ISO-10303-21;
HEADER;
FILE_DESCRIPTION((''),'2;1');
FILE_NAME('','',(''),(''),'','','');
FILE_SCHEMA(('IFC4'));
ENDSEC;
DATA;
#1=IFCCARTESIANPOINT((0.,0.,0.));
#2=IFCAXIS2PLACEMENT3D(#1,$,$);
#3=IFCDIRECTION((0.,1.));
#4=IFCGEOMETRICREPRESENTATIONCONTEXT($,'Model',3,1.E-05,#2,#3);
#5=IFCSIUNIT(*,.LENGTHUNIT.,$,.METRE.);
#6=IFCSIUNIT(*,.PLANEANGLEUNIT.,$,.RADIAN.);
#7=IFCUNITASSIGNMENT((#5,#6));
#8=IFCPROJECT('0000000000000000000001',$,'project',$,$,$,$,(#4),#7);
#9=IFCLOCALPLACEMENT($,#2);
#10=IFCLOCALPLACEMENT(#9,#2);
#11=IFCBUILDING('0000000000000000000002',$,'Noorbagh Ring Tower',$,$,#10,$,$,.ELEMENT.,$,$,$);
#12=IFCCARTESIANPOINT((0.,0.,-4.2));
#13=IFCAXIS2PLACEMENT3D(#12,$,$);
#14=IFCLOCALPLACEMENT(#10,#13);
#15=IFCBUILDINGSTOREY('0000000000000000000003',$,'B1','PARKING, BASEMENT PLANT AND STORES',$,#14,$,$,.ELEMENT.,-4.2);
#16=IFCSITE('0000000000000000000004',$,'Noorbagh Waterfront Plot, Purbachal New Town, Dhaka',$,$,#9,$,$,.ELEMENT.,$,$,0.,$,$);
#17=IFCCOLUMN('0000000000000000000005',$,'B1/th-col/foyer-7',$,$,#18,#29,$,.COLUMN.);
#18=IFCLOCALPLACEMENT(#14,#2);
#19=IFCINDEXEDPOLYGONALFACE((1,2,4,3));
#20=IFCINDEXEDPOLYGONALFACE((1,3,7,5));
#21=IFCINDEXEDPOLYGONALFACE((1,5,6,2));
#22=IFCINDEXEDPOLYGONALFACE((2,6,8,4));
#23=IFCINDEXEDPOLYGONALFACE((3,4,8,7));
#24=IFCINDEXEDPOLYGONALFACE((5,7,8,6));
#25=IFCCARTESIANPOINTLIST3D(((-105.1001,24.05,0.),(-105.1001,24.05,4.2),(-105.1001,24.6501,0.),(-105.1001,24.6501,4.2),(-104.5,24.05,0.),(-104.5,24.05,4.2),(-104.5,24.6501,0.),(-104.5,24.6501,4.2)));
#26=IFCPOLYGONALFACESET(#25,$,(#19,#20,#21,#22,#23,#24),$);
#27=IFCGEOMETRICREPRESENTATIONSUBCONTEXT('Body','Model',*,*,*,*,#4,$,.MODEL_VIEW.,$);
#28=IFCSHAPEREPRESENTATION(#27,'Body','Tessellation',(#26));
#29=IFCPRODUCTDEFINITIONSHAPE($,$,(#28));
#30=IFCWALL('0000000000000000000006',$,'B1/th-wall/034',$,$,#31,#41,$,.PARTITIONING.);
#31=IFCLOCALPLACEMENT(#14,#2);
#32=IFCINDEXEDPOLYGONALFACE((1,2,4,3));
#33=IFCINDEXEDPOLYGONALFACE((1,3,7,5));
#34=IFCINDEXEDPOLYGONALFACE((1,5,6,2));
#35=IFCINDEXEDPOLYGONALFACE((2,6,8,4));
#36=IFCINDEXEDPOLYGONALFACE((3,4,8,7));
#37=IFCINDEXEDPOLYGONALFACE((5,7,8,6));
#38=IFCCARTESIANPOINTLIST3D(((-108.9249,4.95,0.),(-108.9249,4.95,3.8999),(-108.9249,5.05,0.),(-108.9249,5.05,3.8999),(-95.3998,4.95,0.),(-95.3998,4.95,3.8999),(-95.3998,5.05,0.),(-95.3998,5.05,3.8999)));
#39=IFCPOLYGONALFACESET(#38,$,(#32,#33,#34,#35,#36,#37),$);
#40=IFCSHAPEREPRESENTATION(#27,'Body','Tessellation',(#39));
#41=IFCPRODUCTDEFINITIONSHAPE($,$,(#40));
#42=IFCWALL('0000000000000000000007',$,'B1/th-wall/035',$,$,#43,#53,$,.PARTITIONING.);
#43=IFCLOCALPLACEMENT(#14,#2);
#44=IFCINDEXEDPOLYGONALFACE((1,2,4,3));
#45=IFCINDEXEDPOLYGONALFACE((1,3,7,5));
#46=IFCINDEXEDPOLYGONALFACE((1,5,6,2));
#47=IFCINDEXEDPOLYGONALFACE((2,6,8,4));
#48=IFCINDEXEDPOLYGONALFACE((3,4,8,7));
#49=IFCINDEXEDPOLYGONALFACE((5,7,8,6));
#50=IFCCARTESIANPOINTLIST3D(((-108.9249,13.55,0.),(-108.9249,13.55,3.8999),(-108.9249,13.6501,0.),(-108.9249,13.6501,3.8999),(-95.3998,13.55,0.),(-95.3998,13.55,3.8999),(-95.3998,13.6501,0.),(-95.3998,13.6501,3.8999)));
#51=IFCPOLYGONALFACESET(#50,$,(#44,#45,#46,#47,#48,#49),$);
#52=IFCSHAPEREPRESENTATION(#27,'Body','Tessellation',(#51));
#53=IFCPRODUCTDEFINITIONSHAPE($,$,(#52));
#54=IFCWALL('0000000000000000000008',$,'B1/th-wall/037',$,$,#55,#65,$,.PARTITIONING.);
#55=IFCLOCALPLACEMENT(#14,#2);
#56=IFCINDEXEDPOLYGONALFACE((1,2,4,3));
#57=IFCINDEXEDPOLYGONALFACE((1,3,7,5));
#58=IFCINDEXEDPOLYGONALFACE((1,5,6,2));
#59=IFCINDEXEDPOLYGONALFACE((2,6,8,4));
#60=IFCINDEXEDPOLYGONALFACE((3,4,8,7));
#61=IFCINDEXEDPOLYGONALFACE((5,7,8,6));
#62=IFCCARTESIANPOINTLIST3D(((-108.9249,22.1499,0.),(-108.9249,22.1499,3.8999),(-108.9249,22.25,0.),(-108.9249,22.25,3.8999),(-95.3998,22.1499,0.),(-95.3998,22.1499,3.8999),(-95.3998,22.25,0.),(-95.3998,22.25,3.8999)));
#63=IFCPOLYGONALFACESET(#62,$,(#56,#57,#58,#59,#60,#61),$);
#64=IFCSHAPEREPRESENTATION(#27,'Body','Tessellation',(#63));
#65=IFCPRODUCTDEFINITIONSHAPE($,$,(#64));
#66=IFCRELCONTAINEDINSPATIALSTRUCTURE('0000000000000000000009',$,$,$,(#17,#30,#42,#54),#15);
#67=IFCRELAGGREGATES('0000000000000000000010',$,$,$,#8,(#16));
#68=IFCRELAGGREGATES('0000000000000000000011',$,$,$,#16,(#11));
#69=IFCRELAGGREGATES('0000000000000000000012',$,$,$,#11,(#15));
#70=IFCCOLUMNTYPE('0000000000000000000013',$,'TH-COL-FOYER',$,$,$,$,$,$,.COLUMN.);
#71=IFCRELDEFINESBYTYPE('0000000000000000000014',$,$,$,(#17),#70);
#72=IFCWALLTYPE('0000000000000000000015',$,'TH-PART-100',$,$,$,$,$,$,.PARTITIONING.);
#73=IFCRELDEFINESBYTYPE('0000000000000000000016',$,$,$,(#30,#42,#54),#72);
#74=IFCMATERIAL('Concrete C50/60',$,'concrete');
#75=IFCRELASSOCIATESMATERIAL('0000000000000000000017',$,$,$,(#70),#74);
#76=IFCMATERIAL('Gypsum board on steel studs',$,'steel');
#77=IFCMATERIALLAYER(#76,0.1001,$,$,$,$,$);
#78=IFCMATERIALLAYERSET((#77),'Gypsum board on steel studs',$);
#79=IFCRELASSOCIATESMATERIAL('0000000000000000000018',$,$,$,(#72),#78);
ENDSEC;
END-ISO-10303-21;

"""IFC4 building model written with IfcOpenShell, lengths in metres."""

from ifc_helpers import new_model, si_unit, direction, frame, frame_2d, origin, origin_2d, place, context, subcontext, project, spatial, rectangle, extrude, material, layer, layer_set, material_profile, profile_set, type_object, element, save


model = new_model("IFC4")

# Units and contexts
model_context = context("Model", 3, precision=1e-05, world=origin(), true_north=direction((0.0, 1.0)))
body_context = subcontext(model_context, "Body", "Model", "MODEL_VIEW")
ifc_project = project(units=[si_unit("LENGTHUNIT", "METRE"), si_unit("PLANEANGLEUNIT", "RADIAN")], contexts=[model_context])

# Site, building, storey
site_placement = place(None, origin())
site = spatial("IfcSite", under=ifc_project, at=site_placement, Name="Noorbagh Waterfront Plot, Purbachal New Town, Dhaka", CompositionType="ELEMENT", RefElevation=0.0)
building_placement = place(site_placement, origin())
building = spatial("IfcBuilding", under=site, at=building_placement, Name="Noorbagh Ring Tower", CompositionType="ELEMENT")
storey_placement = place(building_placement, frame((0.0, 0.0, -4.2)))
storey = spatial("IfcBuildingStorey", under=building, at=storey_placement, Name="B1", Description="PARKING, BASEMENT PLANT AND STORES", CompositionType="ELEMENT", Elevation=-4.2)

# Column
ifc_material_1 = material(Name="Concrete C50/60", Category="concrete")
ifc_material_profile_1 = material_profile(ifc_material_1, rectangle(XDim=0.6001, YDim=0.6001, at=origin_2d()), Name="RC600x600")
ifc_profile_set_1 = profile_set([ifc_material_profile_1], Name="Concrete C50/60")
column_type = type_object("IfcColumnType", Name="TH-COL-FOYER", PredefinedType="COLUMN", material=ifc_profile_set_1)
for number, where, z_axis, x_axis, name in (
    (1, (-104.8, 24.3501, 0.0), (0.0, 0.0, 1.0), (1.0, 0.0, 0.0), "B1/th-col/foyer-7"),
):
    element("IfcColumn", number, at=place(storey_placement, frame(where, z_axis=z_axis, x_axis=x_axis)), inside=storey, type_object=column_type, Name=name, PredefinedType="COLUMN", context=body_context, shape_type="SweptSolid", body=[
        extrude(rectangle(XDim=0.6001, YDim=0.6001, at=origin_2d()), origin(), (0.0, 0.0, 1.0), 4.2),
    ])

# Walls
ifc_material_2 = material(Name="Gypsum board on steel studs", Category="steel")
ifc_layer = layer(ifc_material_2, 0.1001)
ifc_layer_set = layer_set([ifc_layer], Name="Gypsum board on steel studs")
wall_type = type_object("IfcWallType", Name="TH-PART-100", PredefinedType="PARTITIONING", material=ifc_layer_set)
for number, where, z_axis, x_axis, name in (
    (2, (-108.925, 5.0, 0.0), (0.0, 0.0, 1.0), (1.0, 0.0, 0.0), "B1/th-wall/034"),
    (3, (-108.925, 13.6001, 0.0), (0.0, 0.0, 1.0), (1.0, 0.0, 0.0), "B1/th-wall/035"),
    (4, (-108.925, 22.2, 0.0), (0.0, 0.0, 1.0), (1.0, 0.0, 0.0), "B1/th-wall/037"),
):
    element("IfcWall", number, at=place(storey_placement, frame(where, z_axis=z_axis, x_axis=x_axis)), inside=storey, type_object=wall_type, Name=name, PredefinedType="PARTITIONING", context=body_context, shape_type="SweptSolid", body=[
        extrude(rectangle(XDim=13.5251, YDim=0.1001, at=frame_2d((6.7627, 0.0))), origin(), (0.0, 0.0, 1.0), 3.8999),
    ])

save(model, "model.ifc")
